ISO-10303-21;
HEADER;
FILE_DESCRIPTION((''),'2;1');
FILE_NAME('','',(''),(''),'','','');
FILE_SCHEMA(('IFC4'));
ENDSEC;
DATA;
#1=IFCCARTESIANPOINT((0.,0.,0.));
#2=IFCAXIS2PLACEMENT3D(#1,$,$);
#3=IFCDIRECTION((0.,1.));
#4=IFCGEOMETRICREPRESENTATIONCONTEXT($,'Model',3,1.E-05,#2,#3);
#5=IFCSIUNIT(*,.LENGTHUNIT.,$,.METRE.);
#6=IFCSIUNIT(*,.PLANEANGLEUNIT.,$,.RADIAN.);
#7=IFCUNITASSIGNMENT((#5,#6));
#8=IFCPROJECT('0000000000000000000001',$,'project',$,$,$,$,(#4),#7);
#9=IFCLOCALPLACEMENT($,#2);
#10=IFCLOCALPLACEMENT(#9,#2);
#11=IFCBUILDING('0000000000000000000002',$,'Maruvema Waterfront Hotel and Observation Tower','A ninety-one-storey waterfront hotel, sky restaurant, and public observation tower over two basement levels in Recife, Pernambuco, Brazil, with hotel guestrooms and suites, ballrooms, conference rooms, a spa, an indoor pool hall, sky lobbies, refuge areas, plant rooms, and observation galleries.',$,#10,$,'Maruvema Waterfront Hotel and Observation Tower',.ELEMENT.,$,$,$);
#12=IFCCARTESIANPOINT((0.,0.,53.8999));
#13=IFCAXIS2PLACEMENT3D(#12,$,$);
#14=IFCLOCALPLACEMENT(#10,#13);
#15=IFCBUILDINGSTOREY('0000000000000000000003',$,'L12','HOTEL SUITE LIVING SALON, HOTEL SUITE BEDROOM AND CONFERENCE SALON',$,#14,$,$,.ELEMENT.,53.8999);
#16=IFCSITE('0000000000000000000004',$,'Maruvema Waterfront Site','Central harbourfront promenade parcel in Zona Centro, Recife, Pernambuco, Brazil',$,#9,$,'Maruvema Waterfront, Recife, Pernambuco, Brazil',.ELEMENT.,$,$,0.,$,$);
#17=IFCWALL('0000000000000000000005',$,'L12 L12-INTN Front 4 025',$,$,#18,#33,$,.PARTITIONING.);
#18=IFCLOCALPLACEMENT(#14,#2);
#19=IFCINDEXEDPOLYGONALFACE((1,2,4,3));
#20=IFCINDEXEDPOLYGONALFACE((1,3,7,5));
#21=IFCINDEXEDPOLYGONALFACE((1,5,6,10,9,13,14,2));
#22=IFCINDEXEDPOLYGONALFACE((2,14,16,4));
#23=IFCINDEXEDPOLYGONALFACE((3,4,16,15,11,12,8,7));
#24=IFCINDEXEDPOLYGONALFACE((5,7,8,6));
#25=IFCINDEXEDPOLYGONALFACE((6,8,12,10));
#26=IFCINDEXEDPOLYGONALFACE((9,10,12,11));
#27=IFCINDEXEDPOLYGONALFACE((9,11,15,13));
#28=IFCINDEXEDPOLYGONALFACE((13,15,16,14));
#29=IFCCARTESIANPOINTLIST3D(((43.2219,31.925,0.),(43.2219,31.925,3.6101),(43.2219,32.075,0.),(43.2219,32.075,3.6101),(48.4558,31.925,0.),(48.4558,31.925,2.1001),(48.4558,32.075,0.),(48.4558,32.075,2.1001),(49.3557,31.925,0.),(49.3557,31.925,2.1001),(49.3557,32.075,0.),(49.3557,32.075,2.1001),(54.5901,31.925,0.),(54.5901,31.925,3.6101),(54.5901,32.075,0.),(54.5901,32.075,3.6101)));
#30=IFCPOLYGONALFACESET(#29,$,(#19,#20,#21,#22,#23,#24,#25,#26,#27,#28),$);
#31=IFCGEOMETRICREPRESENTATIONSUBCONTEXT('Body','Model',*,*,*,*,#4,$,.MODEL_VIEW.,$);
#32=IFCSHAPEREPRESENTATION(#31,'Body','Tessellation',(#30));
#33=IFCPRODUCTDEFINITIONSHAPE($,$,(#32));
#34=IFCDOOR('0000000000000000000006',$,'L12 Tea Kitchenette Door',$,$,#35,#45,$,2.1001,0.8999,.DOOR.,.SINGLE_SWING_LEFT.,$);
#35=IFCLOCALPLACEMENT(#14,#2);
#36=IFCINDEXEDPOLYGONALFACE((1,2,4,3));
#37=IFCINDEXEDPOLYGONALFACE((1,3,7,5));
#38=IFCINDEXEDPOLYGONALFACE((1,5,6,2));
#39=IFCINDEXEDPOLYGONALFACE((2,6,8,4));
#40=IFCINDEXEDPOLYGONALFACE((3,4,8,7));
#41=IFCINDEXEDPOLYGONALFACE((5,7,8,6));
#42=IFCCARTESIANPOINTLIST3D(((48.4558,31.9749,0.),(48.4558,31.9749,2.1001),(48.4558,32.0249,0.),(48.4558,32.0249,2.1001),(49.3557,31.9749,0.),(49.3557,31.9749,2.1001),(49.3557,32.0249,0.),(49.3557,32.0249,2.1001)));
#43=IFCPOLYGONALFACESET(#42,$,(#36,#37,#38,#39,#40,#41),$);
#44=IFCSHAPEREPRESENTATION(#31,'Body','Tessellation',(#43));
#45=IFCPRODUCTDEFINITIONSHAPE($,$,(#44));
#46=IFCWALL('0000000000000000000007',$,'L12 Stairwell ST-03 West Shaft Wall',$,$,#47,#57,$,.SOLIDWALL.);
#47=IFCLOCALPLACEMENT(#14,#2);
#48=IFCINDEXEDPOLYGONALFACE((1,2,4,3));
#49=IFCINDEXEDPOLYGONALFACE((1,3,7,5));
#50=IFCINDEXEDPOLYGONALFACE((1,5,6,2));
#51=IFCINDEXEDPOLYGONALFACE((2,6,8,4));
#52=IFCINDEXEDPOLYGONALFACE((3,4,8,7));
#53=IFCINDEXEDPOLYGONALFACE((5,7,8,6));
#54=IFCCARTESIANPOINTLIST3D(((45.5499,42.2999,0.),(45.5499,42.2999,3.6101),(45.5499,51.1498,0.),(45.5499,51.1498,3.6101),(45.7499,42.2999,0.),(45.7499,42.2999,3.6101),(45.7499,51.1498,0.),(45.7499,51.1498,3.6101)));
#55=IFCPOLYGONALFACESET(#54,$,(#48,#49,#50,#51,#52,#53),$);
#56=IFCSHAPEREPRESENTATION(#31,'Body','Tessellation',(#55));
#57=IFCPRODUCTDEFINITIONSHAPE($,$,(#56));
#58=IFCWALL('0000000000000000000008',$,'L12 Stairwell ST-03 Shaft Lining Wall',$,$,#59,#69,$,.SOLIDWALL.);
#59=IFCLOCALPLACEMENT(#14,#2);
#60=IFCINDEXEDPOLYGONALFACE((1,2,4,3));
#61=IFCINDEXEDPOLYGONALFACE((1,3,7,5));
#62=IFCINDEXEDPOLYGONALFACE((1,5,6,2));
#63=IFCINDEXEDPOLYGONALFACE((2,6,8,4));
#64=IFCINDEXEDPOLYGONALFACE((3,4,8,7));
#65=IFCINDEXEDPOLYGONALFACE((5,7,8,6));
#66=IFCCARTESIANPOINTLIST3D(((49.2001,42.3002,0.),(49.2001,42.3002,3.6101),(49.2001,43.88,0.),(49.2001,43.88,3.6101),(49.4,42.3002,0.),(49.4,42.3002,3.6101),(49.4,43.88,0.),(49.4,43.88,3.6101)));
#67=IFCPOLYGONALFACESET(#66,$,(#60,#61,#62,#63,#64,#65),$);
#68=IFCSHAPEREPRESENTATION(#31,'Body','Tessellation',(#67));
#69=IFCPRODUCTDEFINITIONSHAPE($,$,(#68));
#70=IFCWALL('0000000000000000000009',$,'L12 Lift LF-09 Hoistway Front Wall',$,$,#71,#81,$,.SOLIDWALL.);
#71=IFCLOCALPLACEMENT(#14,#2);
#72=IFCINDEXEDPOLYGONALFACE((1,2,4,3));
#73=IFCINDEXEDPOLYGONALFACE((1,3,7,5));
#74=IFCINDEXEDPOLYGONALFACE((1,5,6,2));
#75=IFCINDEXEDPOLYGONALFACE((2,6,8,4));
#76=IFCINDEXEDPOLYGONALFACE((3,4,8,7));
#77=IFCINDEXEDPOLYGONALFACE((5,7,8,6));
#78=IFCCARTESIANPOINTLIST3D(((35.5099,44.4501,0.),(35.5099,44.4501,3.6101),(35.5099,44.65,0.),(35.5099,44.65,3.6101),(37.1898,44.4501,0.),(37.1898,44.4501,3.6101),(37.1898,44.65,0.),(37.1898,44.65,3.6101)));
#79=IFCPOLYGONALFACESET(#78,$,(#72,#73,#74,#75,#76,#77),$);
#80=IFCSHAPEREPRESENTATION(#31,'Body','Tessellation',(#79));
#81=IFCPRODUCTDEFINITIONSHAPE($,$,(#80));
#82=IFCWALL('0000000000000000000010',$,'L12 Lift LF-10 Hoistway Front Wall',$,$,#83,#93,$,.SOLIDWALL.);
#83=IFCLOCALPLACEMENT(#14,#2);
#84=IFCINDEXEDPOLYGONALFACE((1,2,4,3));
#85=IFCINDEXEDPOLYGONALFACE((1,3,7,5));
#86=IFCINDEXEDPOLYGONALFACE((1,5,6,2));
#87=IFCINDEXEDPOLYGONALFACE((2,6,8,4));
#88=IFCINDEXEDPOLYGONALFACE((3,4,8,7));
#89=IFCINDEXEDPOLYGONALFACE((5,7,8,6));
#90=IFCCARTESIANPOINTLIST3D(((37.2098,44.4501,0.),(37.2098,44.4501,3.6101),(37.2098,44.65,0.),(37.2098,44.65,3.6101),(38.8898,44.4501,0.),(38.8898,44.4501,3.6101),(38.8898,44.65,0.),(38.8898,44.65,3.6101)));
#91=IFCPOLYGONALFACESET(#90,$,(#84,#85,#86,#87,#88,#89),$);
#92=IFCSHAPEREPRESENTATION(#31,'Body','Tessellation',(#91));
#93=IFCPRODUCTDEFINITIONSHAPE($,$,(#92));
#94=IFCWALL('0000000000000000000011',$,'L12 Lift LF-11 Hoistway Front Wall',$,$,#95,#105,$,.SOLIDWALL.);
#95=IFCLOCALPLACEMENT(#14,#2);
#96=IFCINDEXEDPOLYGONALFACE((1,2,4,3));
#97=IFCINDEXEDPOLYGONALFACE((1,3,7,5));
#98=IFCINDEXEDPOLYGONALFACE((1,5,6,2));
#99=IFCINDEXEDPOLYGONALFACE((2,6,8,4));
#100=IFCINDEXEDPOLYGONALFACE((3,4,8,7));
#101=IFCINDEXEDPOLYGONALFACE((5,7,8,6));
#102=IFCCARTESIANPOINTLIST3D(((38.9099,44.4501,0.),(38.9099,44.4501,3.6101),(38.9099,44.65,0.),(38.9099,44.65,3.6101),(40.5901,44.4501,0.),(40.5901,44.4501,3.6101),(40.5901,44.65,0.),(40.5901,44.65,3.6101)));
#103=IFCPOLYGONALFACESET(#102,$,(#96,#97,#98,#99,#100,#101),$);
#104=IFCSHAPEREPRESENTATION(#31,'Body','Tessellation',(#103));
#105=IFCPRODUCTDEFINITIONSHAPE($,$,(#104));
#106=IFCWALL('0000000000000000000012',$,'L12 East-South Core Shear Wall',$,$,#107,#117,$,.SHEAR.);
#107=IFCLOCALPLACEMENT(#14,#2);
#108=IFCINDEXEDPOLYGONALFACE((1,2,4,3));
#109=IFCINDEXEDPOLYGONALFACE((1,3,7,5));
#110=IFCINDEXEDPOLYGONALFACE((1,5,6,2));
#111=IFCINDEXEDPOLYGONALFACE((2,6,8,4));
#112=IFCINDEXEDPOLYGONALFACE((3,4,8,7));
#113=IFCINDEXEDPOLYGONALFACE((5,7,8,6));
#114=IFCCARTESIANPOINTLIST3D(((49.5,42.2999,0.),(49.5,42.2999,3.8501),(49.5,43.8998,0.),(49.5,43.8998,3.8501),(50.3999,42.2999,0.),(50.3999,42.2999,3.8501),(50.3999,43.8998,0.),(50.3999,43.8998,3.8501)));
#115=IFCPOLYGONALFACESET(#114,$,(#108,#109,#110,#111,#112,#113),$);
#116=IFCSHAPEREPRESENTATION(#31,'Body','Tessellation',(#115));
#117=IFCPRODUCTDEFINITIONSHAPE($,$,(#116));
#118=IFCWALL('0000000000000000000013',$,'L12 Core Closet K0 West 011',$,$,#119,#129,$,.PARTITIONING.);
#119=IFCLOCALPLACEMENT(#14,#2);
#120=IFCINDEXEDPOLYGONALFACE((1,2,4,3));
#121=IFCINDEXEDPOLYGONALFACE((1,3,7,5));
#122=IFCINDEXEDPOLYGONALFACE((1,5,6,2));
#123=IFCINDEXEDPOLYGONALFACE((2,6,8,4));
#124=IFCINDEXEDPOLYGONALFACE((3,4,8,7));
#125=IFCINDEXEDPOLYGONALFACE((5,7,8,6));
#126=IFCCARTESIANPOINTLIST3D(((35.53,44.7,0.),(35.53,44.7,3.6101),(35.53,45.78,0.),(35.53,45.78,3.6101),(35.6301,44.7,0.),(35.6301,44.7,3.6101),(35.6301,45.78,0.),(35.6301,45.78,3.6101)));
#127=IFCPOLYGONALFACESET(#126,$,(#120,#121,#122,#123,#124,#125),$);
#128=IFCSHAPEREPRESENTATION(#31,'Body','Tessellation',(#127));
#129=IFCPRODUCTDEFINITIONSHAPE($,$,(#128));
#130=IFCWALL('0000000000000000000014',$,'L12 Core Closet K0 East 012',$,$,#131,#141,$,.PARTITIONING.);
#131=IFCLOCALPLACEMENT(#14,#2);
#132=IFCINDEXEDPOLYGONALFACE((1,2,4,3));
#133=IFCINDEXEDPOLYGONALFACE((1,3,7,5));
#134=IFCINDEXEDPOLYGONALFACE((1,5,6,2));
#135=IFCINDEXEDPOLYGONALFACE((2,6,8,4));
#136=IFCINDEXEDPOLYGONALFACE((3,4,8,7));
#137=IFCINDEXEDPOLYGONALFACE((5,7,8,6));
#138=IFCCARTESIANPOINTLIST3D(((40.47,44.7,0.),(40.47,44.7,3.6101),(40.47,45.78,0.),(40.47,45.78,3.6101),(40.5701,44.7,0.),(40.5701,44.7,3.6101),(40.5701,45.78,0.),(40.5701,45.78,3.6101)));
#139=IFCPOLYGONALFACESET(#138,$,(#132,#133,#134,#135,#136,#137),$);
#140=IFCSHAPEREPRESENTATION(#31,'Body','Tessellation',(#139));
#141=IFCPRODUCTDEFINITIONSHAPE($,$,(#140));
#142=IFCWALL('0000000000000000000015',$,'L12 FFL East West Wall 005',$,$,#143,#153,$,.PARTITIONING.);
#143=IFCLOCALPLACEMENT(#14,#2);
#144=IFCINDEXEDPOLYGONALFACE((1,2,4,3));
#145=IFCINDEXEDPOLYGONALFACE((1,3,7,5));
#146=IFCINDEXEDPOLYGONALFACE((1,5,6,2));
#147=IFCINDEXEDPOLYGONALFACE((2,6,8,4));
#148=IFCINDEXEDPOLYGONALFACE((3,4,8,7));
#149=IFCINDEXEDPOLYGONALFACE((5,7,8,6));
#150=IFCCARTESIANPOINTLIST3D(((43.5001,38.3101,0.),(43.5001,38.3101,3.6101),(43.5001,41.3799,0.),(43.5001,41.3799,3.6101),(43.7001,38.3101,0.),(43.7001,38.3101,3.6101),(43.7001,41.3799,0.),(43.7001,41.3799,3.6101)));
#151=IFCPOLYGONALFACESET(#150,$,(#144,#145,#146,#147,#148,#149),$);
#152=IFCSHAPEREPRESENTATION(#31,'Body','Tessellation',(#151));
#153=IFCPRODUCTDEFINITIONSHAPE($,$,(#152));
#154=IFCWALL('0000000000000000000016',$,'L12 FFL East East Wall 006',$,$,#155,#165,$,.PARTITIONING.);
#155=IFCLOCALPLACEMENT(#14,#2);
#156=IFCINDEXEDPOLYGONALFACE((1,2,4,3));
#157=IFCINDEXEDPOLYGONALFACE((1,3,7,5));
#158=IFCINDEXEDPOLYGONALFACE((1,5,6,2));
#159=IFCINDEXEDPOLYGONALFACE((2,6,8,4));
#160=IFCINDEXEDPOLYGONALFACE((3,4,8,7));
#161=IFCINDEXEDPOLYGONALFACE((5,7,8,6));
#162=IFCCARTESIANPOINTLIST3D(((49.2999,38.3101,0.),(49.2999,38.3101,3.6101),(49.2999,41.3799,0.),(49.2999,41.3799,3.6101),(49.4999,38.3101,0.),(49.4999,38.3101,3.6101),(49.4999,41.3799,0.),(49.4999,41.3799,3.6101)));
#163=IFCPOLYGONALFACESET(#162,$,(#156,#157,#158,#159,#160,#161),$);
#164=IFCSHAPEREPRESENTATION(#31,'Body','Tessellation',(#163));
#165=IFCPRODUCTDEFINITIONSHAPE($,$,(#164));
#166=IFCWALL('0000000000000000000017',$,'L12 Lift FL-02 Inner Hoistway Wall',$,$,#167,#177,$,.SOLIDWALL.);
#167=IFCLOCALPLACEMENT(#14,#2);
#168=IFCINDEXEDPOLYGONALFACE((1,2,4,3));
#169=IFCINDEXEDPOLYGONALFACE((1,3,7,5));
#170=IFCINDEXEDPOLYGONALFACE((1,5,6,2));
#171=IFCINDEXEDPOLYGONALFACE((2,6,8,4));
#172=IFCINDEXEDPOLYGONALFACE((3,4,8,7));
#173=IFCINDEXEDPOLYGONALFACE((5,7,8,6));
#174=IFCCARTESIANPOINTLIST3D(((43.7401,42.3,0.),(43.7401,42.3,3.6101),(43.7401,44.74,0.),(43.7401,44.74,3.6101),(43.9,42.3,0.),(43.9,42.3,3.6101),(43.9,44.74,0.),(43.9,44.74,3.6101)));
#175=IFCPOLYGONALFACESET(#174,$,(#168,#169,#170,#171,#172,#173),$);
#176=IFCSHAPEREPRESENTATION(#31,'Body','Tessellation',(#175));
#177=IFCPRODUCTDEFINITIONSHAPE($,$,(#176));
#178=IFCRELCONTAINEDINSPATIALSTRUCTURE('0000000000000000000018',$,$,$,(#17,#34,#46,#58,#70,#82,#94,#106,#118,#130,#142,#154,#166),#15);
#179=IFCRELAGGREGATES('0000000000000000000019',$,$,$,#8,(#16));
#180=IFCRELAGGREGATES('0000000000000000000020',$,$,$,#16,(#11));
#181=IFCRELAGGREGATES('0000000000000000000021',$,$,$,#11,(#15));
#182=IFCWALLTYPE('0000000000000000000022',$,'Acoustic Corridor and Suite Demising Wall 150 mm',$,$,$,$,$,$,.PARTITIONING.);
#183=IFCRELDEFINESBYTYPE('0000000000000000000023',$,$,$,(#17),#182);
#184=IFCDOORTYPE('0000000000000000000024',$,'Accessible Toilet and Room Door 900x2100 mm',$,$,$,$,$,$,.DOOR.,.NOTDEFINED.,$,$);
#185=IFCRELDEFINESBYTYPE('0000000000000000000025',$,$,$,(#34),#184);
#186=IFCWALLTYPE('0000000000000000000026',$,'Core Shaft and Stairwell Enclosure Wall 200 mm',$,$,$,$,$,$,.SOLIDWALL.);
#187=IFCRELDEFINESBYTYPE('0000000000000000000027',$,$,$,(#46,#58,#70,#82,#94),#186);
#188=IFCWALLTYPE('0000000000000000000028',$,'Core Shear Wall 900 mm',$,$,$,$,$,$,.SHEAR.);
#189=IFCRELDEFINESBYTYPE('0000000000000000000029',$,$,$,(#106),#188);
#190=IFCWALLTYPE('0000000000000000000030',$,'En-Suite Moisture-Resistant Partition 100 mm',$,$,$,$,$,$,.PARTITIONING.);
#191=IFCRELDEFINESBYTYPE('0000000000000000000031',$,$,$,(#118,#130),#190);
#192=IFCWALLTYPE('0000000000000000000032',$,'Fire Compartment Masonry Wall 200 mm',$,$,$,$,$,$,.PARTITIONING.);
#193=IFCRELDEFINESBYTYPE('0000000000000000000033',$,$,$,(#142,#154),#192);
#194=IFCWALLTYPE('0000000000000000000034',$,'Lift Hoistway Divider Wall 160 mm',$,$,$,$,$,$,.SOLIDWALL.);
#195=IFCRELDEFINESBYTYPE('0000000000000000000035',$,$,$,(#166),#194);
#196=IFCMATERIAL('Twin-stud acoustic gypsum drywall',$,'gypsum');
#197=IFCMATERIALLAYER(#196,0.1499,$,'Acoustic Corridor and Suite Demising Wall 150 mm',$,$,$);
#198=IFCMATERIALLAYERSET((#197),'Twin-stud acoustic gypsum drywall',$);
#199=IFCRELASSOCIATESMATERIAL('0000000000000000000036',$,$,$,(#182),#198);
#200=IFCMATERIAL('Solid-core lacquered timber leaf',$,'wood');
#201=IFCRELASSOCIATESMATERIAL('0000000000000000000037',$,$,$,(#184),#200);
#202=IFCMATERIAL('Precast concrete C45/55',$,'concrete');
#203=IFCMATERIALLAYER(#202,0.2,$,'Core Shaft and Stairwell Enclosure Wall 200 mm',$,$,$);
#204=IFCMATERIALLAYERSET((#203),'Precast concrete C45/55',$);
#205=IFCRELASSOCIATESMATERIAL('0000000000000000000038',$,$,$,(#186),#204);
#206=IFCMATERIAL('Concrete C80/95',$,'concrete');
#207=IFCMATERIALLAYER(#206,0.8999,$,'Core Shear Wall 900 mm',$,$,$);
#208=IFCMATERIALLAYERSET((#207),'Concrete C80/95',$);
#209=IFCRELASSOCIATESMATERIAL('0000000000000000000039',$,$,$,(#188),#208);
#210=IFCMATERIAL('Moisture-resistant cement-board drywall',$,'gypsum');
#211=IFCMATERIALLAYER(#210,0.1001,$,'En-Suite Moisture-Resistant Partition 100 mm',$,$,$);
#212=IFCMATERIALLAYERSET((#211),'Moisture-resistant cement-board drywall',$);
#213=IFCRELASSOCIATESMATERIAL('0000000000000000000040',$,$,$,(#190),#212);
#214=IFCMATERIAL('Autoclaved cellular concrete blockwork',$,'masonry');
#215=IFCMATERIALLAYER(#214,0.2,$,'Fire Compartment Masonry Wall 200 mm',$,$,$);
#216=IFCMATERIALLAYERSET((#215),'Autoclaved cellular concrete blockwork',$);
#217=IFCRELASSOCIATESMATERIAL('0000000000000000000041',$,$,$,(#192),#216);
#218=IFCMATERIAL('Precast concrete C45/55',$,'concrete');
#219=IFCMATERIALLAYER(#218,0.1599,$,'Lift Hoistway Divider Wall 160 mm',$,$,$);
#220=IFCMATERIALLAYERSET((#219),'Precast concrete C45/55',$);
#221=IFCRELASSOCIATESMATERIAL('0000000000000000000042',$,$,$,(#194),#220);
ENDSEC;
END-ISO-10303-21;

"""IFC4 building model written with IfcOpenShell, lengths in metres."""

from ifc_helpers import new_model, si_unit, direction, frame, frame_2d, origin, place, context, subcontext, project, spatial, rectangle, extrude, material, layer, layer_set, type_object, element, fill, save


model = new_model("IFC4")

# Units and contexts
model_context = context("Model", 3, precision=1e-05, world=origin(), true_north=direction((0.0, 1.0)))
body_context = subcontext(model_context, "Body", "Model", "MODEL_VIEW")
ifc_project = project(units=[si_unit("LENGTHUNIT", "METRE"), si_unit("PLANEANGLEUNIT", "RADIAN")], contexts=[model_context])

# Site, building, storey
site_placement = place(None, origin())
site = spatial("IfcSite", under=ifc_project, at=site_placement, Name="Maruvema Waterfront Site", Description="Central harbourfront promenade parcel in Zona Centro, Recife, Pernambuco, Brazil", LongName="Maruvema Waterfront, Recife, Pernambuco, Brazil", CompositionType="ELEMENT", RefElevation=0.0)
building_placement = place(site_placement, origin())
building = spatial("IfcBuilding", under=site, at=building_placement, Name="Maruvema Waterfront Hotel and Observation Tower", Description="A ninety-one-storey waterfront hotel, sky restaurant, and public observation tower over two basement levels in Recife, Pernambuco, Brazil, with hotel guestrooms and suites, ballrooms, conference rooms, a spa, an indoor pool hall, sky lobbies, refuge areas, plant rooms, and observation galleries.", LongName="Maruvema Waterfront Hotel and Observation Tower", CompositionType="ELEMENT")
storey_placement = place(building_placement, frame((0.0, 0.0, 53.8999)))
storey = spatial("IfcBuildingStorey", under=building, at=storey_placement, Name="L12", Description="HOTEL SUITE LIVING SALON, HOTEL SUITE BEDROOM AND CONFERENCE SALON", CompositionType="ELEMENT", Elevation=53.8999)

# Shared definitions
ifc_material_1 = material(Name="Twin-stud acoustic gypsum drywall", Category="gypsum")
ifc_layer_1 = layer(ifc_material_1, 0.1499, Name="Acoustic Corridor and Suite Demising Wall 150 mm")
ifc_layer_set_1 = layer_set([ifc_layer_1], Name="Twin-stud acoustic gypsum drywall")
wall_type_1 = type_object("IfcWallType", Name="Acoustic Corridor and Suite Demising Wall 150 mm", PredefinedType="PARTITIONING", material=ifc_layer_set_1)

# Wall, opening, door
wall_1_placement = place(storey_placement, frame((43.2219, 32.0, 0.0), z_axis=(0.0, 0.0, 1.0), x_axis=(1.0, 0.0, 0.0)))
wall_1 = element("IfcWall", 1, at=wall_1_placement, inside=storey, type_object=wall_type_1, Name="L12 L12-INTN Front 4 025", PredefinedType="PARTITIONING", context=body_context, shape_type="SweptSolid", body=[
    extrude(rectangle(XDim=11.3682, YDim=0.1499, at=frame_2d((5.6841, 0.0))), origin(), (0.0, 0.0, 1.0), 3.6101),
])
opening_1_placement = place(wall_1_placement, frame((5.2339, 0.0, 0.0)))
opening_1 = element("IfcOpeningElement", 2, at=opening_1_placement, cuts=wall_1, PredefinedType="OPENING", context=body_context, shape_type="SweptSolid", body=[
    extrude(rectangle(XDim=0.8999, YDim=2.1001, at=frame_2d((0.45, 1.05))), frame((0.0, 0.085, 0.0), z_axis=(0.0, -1.0, 0.0), x_axis=(1.0, 0.0, 0.0)), (0.0, 0.0, 1.0), 0.1699),
])
ifc_material_2 = material(Name="Solid-core lacquered timber leaf", Category="wood")
door_type_1 = type_object("IfcDoorType", Name="Accessible Toilet and Room Door 900x2100 mm", OperationType="NOTDEFINED", PredefinedType="DOOR", material=ifc_material_2)
door_1_placement = place(opening_1_placement, origin())
door_1 = element("IfcDoor", 3, at=door_1_placement, inside=storey, type_object=door_type_1, Name="L12 Tea Kitchenette Door", OperationType="SINGLE_SWING_LEFT", OverallHeight=2.1001, OverallWidth=0.8999, PredefinedType="DOOR", context=body_context, shape_type="SweptSolid", body=[
    extrude(rectangle(XDim=0.8999, YDim=2.1001, at=frame_2d((0.45, 1.05))), frame((0.0, 0.0249, 0.0), z_axis=(0.0, -1.0, 0.0), x_axis=(1.0, 0.0, 0.0)), (0.0, 0.0, 1.0), 0.05),
])
fill(opening_1, door_1)

# Walls
ifc_material_3 = material(Name="Precast concrete C45/55", Category="concrete")
ifc_layer_2 = layer(ifc_material_3, 0.2, Name="Core Shaft and Stairwell Enclosure Wall 200 mm")
ifc_layer_set_2 = layer_set([ifc_layer_2], Name="Precast concrete C45/55")
wall_type_2 = type_object("IfcWallType", Name="Core Shaft and Stairwell Enclosure Wall 200 mm", PredefinedType="SOLIDWALL", material=ifc_layer_set_2)
wall_2_placement = place(storey_placement, frame((45.6499, 42.3, 0.0), z_axis=(0.0, 0.0, 1.0), x_axis=(0.0, 1.0, 0.0)))
element("IfcWall", 4, at=wall_2_placement, inside=storey, type_object=wall_type_2, Name="L12 Stairwell ST-03 West Shaft Wall", PredefinedType="SOLIDWALL", context=body_context, shape_type="SweptSolid", body=[
    extrude(rectangle(XDim=8.8499, YDim=0.2, at=frame_2d((4.4248, 0.0))), origin(), (0.0, 0.0, 1.0), 3.6101),
])
wall_3_placement = place(storey_placement, frame((49.3, 42.3, 0.0), z_axis=(0.0, 0.0, 1.0), x_axis=(0.0, 1.0, 0.0)))
element("IfcWall", 5, at=wall_3_placement, inside=storey, type_object=wall_type_2, Name="L12 Stairwell ST-03 Shaft Lining Wall", PredefinedType="SOLIDWALL", context=body_context, shape_type="SweptSolid", body=[
    extrude(rectangle(XDim=1.5798, YDim=0.2, at=frame_2d((0.79, 0.0))), origin(), (0.0, 0.0, 1.0), 3.6101),
])
for number, where, z_axis, x_axis, name in (
    (6, (35.51, 44.55, 0.0), (0.0, 0.0, 1.0), (1.0, 0.0, 0.0), "L12 Lift LF-09 Hoistway Front Wall"),
    (7, (37.21, 44.55, 0.0), (0.0, 0.0, 1.0), (1.0, 0.0, 0.0), "L12 Lift LF-10 Hoistway Front Wall"),
):
    element("IfcWall", number, at=place(storey_placement, frame(where, z_axis=z_axis, x_axis=x_axis)), inside=storey, type_object=wall_type_2, Name=name, PredefinedType="SOLIDWALL", context=body_context, shape_type="SweptSolid", body=[
        extrude(rectangle(XDim=1.6799, YDim=0.2, at=frame_2d((0.8398, 0.0))), origin(), (0.0, 0.0, 1.0), 3.6101),
    ])
wall_4_placement = place(storey_placement, frame((38.9099, 44.55, 0.0), z_axis=(0.0, 0.0, 1.0), x_axis=(1.0, 0.0, 0.0)))
element("IfcWall", 8, at=wall_4_placement, inside=storey, type_object=wall_type_2, Name="L12 Lift LF-11 Hoistway Front Wall", PredefinedType="SOLIDWALL", context=body_context, shape_type="SweptSolid", body=[
    extrude(rectangle(XDim=1.6802, YDim=0.2, at=frame_2d((0.8401, 0.0))), origin(), (0.0, 0.0, 1.0), 3.6101),
])

# Shared definitions
ifc_material_4 = material(Name="Concrete C80/95", Category="concrete")
ifc_layer_3 = layer(ifc_material_4, 0.8999, Name="Core Shear Wall 900 mm")
ifc_layer_set_3 = layer_set([ifc_layer_3], Name="Concrete C80/95")
wall_type_3 = type_object("IfcWallType", Name="Core Shear Wall 900 mm", PredefinedType="SHEAR", material=ifc_layer_set_3)

# Walls
wall_5_placement = place(storey_placement, frame((49.95, 42.3, 0.0), z_axis=(0.0, 0.0, 1.0), x_axis=(0.0, 1.0, 0.0)))
element("IfcWall", 9, at=wall_5_placement, inside=storey, type_object=wall_type_3, Name="L12 East-South Core Shear Wall", PredefinedType="SHEAR", context=body_context, shape_type="SweptSolid", body=[
    extrude(rectangle(XDim=1.5999, YDim=0.8999, at=frame_2d((0.7998, 0.0))), origin(), (0.0, 0.0, 1.0), 3.8501),
])
ifc_material_5 = material(Name="Moisture-resistant cement-board drywall", Category="gypsum")
ifc_layer_4 = layer(ifc_material_5, 0.1001, Name="En-Suite Moisture-Resistant Partition 100 mm")
ifc_layer_set_4 = layer_set([ifc_layer_4], Name="Moisture-resistant cement-board drywall")
wall_type_4 = type_object("IfcWallType", Name="En-Suite Moisture-Resistant Partition 100 mm", PredefinedType="PARTITIONING", material=ifc_layer_set_4)
for number, where, z_axis, x_axis, name in (
    (10, (35.5801, 44.7, 0.0), (0.0, 0.0, 1.0), (0.0, 1.0, 0.0), "L12 Core Closet K0 West 011"),
    (11, (40.52, 44.7, 0.0), (0.0, 0.0, 1.0), (0.0, 1.0, 0.0), "L12 Core Closet K0 East 012"),
):
    element("IfcWall", number, at=place(storey_placement, frame(where, z_axis=z_axis, x_axis=x_axis)), inside=storey, type_object=wall_type_4, Name=name, PredefinedType="PARTITIONING", context=body_context, shape_type="SweptSolid", body=[
        extrude(rectangle(XDim=1.0801, YDim=0.1001, at=frame_2d((0.54, 0.0))), origin(), (0.0, 0.0, 1.0), 3.6101),
    ])

# Shared definitions
ifc_material_6 = material(Name="Autoclaved cellular concrete blockwork", Category="masonry")
ifc_layer_5 = layer(ifc_material_6, 0.2, Name="Fire Compartment Masonry Wall 200 mm")
ifc_layer_set_5 = layer_set([ifc_layer_5], Name="Autoclaved cellular concrete blockwork")
wall_type_5 = type_object("IfcWallType", Name="Fire Compartment Masonry Wall 200 mm", PredefinedType="PARTITIONING", material=ifc_layer_set_5)

# Walls
for number, where, z_axis, x_axis, name in (
    (12, (43.6001, 38.3101, 0.0), (0.0, 0.0, 1.0), (0.0, 1.0, 0.0), "L12 FFL East West Wall 005"),
    (13, (49.3999, 38.3101, 0.0), (0.0, 0.0, 1.0), (0.0, 1.0, 0.0), "L12 FFL East East Wall 006"),
):
    element("IfcWall", number, at=place(storey_placement, frame(where, z_axis=z_axis, x_axis=x_axis)), inside=storey, type_object=wall_type_5, Name=name, PredefinedType="PARTITIONING", context=body_context, shape_type="SweptSolid", body=[
        extrude(rectangle(XDim=3.0698, YDim=0.2, at=frame_2d((1.5349, 0.0))), origin(), (0.0, 0.0, 1.0), 3.6101),
    ])
ifc_material_7 = material(Name="Precast concrete C45/55", Category="concrete")
ifc_layer_6 = layer(ifc_material_7, 0.1599, Name="Lift Hoistway Divider Wall 160 mm")
ifc_layer_set_6 = layer_set([ifc_layer_6], Name="Precast concrete C45/55")
wall_type_6 = type_object("IfcWallType", Name="Lift Hoistway Divider Wall 160 mm", PredefinedType="SOLIDWALL", material=ifc_layer_set_6)
wall_6_placement = place(storey_placement, frame((43.8201, 42.3, 0.0), z_axis=(0.0, 0.0, 1.0), x_axis=(0.0, 1.0, 0.0)))
element("IfcWall", 14, at=wall_6_placement, inside=storey, type_object=wall_type_6, Name="L12 Lift FL-02 Inner Hoistway Wall", PredefinedType="SOLIDWALL", context=body_context, shape_type="SweptSolid", body=[
    extrude(rectangle(XDim=2.4399, YDim=0.1599, at=frame_2d((1.22, 0.0))), origin(), (0.0, 0.0, 1.0), 3.6101),
])

save(model, "model.ifc")
